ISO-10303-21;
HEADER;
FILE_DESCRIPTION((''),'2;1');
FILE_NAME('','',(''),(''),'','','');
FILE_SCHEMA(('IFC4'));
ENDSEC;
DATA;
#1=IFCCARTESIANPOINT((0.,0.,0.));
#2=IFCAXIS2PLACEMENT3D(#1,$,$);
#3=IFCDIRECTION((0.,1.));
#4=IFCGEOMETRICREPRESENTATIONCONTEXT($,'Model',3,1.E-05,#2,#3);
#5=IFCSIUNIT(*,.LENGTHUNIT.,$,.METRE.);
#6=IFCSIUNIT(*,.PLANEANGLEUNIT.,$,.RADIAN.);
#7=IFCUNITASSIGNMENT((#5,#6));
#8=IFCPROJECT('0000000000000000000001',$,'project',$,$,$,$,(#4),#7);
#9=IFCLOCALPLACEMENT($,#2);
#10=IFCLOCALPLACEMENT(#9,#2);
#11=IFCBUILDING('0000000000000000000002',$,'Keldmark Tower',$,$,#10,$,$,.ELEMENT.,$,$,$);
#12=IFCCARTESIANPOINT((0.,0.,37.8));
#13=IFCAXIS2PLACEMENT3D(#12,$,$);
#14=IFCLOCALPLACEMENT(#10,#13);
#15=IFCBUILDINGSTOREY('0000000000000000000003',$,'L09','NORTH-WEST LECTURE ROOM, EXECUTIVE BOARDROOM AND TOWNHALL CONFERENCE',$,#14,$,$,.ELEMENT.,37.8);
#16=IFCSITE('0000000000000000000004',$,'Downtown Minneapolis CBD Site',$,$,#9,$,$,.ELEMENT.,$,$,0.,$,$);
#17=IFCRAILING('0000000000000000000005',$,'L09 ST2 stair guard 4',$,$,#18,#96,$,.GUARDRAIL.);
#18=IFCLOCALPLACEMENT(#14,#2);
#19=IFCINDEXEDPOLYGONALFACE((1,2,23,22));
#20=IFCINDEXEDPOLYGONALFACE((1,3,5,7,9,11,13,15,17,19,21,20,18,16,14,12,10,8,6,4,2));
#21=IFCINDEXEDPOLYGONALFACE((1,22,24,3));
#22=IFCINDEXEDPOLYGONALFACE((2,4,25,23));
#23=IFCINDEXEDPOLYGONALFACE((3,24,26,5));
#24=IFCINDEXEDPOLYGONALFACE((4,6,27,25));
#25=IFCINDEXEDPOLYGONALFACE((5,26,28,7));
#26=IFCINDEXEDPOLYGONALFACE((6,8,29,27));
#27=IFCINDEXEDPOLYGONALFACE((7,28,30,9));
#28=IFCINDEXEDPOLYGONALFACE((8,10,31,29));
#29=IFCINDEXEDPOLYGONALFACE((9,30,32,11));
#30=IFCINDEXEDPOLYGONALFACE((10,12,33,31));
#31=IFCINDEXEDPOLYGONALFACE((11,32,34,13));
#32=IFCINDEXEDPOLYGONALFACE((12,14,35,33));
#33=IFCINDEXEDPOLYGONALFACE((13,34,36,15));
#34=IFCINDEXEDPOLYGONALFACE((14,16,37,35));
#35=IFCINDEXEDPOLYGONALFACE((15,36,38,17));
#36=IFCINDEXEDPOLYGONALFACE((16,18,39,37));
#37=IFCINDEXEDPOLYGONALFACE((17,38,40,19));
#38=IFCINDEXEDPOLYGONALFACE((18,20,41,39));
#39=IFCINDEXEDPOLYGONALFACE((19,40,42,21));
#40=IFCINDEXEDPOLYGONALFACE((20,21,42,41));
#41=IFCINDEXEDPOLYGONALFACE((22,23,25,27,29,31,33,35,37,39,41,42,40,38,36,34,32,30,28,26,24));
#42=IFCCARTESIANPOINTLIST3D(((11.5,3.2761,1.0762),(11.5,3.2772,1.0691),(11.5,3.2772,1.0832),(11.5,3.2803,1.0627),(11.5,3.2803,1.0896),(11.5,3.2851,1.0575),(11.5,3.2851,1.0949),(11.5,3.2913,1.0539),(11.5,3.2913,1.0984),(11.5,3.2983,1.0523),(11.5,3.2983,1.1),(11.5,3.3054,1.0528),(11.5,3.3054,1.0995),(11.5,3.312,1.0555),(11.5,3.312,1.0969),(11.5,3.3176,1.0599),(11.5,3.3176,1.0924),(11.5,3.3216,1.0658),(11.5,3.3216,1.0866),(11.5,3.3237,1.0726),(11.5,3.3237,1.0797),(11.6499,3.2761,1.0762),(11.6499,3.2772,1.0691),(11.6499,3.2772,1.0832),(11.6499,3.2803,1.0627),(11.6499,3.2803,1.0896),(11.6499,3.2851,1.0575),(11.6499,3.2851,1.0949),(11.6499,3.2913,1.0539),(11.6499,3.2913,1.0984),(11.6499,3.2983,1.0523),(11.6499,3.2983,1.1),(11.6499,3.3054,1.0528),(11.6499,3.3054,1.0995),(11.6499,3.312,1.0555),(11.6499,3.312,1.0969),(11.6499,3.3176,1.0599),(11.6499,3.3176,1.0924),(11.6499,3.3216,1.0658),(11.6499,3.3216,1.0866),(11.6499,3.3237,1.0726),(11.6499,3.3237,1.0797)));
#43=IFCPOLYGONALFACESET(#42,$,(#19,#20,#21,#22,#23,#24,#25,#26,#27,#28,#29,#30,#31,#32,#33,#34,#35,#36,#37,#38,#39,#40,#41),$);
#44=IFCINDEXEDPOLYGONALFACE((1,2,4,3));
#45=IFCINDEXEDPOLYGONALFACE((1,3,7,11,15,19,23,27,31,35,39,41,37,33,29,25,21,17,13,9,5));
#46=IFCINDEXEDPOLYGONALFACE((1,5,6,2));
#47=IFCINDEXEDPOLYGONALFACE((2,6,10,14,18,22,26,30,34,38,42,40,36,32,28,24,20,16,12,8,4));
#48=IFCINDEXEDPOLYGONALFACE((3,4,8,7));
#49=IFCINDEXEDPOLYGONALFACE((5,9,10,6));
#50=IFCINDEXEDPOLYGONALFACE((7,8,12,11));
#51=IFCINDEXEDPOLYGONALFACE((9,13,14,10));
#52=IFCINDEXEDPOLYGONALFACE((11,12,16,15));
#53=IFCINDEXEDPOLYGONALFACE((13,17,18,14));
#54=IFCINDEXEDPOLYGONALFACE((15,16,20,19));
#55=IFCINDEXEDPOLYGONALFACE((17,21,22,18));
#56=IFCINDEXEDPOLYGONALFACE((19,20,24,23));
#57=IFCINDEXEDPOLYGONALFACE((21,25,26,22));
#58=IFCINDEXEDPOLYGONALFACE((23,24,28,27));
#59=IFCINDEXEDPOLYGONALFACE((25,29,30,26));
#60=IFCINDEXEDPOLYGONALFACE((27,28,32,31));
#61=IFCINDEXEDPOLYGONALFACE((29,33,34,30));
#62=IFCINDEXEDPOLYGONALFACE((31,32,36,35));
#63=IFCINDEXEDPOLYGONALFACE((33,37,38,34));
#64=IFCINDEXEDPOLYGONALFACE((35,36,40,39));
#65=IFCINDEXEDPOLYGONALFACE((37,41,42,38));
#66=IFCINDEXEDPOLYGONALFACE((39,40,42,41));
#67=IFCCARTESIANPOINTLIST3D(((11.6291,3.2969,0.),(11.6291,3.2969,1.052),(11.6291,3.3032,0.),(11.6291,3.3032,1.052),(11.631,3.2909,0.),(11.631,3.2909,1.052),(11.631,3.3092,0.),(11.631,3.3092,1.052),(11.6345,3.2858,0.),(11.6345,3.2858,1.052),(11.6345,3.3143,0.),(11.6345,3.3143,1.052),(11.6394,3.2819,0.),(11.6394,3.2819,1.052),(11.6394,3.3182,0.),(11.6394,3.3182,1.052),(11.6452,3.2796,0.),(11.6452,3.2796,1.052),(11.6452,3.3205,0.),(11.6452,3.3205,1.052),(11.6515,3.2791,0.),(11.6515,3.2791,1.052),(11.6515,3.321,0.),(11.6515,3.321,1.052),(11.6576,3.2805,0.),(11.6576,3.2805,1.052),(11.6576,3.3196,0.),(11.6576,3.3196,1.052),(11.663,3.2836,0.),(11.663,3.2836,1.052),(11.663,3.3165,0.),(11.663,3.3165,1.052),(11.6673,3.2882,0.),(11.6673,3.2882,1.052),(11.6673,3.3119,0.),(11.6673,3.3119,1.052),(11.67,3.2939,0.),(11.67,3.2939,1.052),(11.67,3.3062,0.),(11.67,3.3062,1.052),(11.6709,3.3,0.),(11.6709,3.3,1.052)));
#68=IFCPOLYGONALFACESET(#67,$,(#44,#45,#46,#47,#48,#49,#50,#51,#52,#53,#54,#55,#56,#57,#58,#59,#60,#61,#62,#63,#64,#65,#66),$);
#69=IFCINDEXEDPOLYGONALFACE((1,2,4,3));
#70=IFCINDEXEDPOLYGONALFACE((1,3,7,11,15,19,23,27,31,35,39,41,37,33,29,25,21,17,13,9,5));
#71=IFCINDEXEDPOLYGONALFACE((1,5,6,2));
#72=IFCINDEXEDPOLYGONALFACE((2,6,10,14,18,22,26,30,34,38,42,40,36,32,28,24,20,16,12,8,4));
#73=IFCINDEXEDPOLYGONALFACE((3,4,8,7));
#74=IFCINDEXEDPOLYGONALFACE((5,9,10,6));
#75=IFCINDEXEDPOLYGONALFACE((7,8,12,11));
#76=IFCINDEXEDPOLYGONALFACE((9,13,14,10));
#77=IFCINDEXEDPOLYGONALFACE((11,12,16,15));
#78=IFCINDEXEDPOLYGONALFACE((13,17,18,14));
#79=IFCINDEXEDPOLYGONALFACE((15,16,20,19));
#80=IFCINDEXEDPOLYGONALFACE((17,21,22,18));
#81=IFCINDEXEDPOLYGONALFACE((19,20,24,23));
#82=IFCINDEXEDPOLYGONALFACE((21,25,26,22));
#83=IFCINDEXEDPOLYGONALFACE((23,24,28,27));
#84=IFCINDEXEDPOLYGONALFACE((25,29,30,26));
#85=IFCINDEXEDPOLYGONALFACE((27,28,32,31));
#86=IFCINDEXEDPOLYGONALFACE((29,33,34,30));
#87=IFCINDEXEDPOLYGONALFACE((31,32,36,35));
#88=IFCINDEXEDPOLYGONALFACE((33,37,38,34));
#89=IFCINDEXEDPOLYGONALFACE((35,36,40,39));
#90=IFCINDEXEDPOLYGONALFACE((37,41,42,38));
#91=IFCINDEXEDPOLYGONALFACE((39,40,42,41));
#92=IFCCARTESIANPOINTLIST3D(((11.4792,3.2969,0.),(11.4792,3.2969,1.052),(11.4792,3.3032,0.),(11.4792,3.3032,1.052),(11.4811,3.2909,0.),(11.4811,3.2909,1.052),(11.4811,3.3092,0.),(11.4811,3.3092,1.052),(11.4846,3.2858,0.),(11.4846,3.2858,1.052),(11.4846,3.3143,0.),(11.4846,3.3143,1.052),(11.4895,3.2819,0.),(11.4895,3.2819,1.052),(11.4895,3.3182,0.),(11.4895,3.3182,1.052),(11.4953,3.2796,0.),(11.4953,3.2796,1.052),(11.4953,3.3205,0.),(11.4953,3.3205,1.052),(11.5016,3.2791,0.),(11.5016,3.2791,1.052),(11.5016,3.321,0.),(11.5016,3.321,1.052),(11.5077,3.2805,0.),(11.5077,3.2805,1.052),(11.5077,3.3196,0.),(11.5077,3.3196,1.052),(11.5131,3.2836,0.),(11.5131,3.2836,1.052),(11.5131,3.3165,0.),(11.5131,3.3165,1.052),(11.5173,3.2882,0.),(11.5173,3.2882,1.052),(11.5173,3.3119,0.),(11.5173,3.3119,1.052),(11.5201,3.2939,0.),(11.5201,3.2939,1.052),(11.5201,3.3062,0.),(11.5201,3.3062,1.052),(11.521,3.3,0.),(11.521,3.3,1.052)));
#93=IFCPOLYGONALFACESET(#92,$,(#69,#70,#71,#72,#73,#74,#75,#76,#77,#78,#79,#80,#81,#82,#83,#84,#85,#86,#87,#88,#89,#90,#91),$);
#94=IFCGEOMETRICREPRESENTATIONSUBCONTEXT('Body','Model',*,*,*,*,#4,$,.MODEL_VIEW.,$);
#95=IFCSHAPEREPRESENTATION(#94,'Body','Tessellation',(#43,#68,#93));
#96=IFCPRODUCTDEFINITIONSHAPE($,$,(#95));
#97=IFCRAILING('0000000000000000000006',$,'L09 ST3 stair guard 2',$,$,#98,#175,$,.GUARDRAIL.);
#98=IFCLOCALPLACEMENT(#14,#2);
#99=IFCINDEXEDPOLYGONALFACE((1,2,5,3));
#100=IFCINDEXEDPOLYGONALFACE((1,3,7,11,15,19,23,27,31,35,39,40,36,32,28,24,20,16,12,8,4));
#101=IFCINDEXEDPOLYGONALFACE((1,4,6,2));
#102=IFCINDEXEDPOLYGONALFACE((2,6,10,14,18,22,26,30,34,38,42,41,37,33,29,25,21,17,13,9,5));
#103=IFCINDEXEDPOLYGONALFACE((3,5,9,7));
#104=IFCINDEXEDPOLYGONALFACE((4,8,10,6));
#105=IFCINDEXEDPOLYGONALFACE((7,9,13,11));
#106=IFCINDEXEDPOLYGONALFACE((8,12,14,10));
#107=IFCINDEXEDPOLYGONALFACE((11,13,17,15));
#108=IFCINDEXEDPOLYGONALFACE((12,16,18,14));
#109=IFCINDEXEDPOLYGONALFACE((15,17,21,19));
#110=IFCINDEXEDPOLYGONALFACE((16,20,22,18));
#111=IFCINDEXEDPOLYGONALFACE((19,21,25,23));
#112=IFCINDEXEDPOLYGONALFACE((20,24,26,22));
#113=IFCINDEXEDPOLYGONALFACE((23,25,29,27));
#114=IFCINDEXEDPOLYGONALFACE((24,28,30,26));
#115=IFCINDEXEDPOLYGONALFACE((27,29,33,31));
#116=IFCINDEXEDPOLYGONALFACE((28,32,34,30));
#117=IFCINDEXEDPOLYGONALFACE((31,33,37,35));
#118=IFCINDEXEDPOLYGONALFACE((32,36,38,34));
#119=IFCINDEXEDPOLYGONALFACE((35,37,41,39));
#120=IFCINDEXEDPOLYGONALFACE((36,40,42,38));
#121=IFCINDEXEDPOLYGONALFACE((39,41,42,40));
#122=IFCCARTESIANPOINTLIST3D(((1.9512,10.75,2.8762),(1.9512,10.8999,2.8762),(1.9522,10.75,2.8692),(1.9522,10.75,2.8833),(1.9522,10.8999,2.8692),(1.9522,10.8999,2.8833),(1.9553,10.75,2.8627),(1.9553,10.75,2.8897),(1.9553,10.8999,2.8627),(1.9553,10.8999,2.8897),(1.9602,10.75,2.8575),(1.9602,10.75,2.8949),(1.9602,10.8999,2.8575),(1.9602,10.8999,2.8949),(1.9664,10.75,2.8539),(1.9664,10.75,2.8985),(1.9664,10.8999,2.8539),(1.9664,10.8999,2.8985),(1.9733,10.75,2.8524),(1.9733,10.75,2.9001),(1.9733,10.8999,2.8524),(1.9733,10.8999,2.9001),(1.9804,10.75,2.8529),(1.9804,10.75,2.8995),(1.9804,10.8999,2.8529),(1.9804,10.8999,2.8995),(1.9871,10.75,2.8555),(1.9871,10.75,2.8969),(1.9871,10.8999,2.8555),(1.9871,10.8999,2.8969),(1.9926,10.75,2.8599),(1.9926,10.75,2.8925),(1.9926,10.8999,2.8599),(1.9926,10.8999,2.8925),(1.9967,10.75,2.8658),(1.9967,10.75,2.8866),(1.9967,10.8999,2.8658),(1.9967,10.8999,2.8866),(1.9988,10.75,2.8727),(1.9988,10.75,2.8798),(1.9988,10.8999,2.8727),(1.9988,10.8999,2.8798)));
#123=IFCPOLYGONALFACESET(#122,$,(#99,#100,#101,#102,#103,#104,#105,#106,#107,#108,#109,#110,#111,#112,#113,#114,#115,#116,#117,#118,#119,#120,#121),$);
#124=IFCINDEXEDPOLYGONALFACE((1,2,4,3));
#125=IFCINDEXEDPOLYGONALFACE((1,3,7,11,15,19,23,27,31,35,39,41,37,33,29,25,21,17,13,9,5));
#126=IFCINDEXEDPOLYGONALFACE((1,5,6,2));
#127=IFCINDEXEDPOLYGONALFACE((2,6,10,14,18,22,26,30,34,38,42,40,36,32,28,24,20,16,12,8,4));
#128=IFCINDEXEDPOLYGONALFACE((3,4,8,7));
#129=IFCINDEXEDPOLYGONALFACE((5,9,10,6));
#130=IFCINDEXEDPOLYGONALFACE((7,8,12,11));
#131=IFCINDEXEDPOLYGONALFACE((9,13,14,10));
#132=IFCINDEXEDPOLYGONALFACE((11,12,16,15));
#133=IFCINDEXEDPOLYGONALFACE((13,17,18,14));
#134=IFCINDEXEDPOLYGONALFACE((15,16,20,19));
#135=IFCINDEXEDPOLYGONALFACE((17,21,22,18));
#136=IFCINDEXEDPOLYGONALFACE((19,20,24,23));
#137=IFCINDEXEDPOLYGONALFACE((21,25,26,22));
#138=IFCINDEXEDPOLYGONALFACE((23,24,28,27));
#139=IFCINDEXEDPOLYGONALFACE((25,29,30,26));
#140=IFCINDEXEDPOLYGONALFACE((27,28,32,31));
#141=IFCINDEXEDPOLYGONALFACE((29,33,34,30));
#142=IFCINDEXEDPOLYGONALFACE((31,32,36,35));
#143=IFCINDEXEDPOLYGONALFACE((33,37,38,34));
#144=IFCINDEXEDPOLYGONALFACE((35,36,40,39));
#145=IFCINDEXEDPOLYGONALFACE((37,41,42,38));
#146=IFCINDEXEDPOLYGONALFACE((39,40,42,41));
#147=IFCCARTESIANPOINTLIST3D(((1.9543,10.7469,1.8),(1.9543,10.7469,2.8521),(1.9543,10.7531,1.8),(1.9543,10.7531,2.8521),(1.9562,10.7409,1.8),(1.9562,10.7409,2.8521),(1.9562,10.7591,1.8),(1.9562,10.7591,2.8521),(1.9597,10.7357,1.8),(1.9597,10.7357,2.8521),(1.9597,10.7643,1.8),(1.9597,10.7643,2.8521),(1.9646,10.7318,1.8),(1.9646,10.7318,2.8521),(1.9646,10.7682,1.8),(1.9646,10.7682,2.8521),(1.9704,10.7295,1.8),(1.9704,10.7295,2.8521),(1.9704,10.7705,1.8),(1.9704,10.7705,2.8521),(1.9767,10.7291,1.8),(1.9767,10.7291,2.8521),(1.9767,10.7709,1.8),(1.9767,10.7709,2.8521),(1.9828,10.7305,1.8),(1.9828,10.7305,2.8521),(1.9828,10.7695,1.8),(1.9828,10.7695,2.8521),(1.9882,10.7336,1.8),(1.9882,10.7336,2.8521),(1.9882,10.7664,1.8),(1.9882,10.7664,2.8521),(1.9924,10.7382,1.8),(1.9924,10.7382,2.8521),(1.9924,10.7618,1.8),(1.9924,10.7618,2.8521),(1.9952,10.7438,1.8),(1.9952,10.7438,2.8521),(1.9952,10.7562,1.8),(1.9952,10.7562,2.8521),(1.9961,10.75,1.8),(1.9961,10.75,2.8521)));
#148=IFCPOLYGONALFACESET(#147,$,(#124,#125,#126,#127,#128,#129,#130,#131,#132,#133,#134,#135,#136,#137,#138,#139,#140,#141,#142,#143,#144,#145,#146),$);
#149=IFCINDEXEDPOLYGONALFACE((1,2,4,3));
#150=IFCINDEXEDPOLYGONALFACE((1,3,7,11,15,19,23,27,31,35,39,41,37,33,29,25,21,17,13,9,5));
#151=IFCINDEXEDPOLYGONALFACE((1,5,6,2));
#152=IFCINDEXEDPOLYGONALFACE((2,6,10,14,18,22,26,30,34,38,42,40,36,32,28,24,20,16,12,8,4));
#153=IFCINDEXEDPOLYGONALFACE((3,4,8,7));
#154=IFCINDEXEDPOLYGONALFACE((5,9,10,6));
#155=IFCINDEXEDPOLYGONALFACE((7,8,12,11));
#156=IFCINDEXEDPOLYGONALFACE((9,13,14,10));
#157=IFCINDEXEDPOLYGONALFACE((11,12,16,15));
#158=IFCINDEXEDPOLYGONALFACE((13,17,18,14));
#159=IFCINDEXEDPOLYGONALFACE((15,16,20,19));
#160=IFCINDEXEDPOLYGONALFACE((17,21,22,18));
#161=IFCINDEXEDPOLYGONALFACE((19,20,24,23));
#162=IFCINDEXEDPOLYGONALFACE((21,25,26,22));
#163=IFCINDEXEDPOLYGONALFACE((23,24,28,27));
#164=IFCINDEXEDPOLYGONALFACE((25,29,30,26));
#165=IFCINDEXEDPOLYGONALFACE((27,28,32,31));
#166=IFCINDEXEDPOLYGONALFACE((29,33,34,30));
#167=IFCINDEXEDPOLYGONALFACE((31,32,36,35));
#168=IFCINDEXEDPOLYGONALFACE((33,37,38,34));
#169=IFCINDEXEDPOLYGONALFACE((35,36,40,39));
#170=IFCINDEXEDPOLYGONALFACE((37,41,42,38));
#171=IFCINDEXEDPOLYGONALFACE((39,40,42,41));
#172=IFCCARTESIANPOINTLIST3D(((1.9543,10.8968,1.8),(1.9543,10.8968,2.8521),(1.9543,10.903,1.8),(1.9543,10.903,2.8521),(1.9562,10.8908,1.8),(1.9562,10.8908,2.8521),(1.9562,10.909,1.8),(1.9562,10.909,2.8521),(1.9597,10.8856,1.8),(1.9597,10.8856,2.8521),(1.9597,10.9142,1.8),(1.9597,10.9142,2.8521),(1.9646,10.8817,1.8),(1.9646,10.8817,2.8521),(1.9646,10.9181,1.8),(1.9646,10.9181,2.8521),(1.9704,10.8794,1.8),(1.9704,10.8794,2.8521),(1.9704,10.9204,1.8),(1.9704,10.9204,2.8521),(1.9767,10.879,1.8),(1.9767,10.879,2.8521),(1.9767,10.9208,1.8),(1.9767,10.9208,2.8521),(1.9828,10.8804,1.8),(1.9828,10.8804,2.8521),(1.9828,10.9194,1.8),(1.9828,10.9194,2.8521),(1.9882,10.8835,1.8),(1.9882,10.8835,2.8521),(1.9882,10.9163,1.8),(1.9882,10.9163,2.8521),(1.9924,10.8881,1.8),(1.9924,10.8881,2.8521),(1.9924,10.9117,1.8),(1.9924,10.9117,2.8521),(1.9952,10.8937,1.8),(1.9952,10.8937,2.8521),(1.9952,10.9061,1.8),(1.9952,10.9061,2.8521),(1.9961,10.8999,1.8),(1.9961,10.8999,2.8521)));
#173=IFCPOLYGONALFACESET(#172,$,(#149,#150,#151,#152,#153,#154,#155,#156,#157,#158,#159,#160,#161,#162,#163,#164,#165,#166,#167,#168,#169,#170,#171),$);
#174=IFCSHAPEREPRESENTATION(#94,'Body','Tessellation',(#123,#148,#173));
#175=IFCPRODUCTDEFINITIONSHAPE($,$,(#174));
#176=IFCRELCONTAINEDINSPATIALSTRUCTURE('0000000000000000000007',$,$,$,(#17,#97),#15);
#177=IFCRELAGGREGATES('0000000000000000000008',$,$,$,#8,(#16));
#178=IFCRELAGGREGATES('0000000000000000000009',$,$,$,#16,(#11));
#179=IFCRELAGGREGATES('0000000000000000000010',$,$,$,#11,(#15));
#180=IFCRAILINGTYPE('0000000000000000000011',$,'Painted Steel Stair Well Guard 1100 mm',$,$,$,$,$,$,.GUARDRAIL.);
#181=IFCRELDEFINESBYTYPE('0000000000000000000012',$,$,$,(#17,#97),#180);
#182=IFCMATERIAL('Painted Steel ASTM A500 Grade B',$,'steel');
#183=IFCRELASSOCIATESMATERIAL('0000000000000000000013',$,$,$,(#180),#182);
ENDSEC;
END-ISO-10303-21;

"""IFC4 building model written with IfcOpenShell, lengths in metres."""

from ifc_helpers import new_model, si_unit, direction, frame, origin, origin_2d, place, context, subcontext, project, spatial, circle, extrude, material, type_object, element, save


model = new_model("IFC4")

# Units and contexts
model_context = context("Model", 3, precision=1e-05, world=origin(), true_north=direction((0.0, 1.0)))
body_context = subcontext(model_context, "Body", "Model", "MODEL_VIEW")
ifc_project = project(units=[si_unit("LENGTHUNIT", "METRE"), si_unit("PLANEANGLEUNIT", "RADIAN")], contexts=[model_context])

# Site, building, storey
site_placement = place(None, origin())
site = spatial("IfcSite", under=ifc_project, at=site_placement, Name="Downtown Minneapolis CBD Site", CompositionType="ELEMENT", RefElevation=0.0)
building_placement = place(site_placement, origin())
building = spatial("IfcBuilding", under=site, at=building_placement, Name="Keldmark Tower", CompositionType="ELEMENT")
storey_placement = place(building_placement, frame((0.0, 0.0, 37.8)))
storey = spatial("IfcBuildingStorey", under=building, at=storey_placement, Name="L09", Description="NORTH-WEST LECTURE ROOM, EXECUTIVE BOARDROOM AND TOWNHALL CONFERENCE", CompositionType="ELEMENT", Elevation=37.8)

# Railings
ifc_material_1 = material(Name="Painted Steel ASTM A500 Grade B", Category="steel")
railing_type_1 = type_object("IfcRailingType", Name="Painted Steel Stair Well Guard 1100 mm", PredefinedType="GUARDRAIL", material=ifc_material_1)
railing_1_placement = place(storey_placement, frame((11.6499, 3.3, 0.0)))
element("IfcRailing", 1, at=railing_1_placement, inside=storey, type_object=railing_type_1, Name="L09 ST2 stair guard 4", PredefinedType="GUARDRAIL", context=body_context, shape_type="SweptSolid", body=[
    extrude(circle(Radius=0.0239, at=origin_2d()), frame((0.0, 0.0, 1.0762), z_axis=(-1.0, 0.0, 0.0), x_axis=(0.0, -1.0, 0.0)), (0.0, 0.0, 1.0), 0.1499),
    extrude(circle(Radius=0.021, at=origin_2d()), origin(), (0.0, 0.0, 1.0), 1.052),
    extrude(circle(Radius=0.021, at=origin_2d()), frame((-0.1499, 0.0, 0.0)), (0.0, 0.0, 1.0), 1.052),
])
railing_2_placement = place(storey_placement, frame((1.9751, 10.75, 1.8)))
element("IfcRailing", 2, at=railing_2_placement, inside=storey, type_object=railing_type_1, Name="L09 ST3 stair guard 2", PredefinedType="GUARDRAIL", context=body_context, shape_type="SweptSolid", body=[
    extrude(circle(Radius=0.0239, at=origin_2d()), frame((0.0, 0.0, 1.0762), z_axis=(0.0, 1.0, 0.0), x_axis=(-1.0, 0.0, 0.0)), (0.0, 0.0, 1.0), 0.1499),
    extrude(circle(Radius=0.021, at=origin_2d()), origin(), (0.0, 0.0, 1.0), 1.052),
    extrude(circle(Radius=0.021, at=origin_2d()), frame((0.0, 0.1499, 0.0)), (0.0, 0.0, 1.0), 1.052),
])

save(model, "model.ifc")
